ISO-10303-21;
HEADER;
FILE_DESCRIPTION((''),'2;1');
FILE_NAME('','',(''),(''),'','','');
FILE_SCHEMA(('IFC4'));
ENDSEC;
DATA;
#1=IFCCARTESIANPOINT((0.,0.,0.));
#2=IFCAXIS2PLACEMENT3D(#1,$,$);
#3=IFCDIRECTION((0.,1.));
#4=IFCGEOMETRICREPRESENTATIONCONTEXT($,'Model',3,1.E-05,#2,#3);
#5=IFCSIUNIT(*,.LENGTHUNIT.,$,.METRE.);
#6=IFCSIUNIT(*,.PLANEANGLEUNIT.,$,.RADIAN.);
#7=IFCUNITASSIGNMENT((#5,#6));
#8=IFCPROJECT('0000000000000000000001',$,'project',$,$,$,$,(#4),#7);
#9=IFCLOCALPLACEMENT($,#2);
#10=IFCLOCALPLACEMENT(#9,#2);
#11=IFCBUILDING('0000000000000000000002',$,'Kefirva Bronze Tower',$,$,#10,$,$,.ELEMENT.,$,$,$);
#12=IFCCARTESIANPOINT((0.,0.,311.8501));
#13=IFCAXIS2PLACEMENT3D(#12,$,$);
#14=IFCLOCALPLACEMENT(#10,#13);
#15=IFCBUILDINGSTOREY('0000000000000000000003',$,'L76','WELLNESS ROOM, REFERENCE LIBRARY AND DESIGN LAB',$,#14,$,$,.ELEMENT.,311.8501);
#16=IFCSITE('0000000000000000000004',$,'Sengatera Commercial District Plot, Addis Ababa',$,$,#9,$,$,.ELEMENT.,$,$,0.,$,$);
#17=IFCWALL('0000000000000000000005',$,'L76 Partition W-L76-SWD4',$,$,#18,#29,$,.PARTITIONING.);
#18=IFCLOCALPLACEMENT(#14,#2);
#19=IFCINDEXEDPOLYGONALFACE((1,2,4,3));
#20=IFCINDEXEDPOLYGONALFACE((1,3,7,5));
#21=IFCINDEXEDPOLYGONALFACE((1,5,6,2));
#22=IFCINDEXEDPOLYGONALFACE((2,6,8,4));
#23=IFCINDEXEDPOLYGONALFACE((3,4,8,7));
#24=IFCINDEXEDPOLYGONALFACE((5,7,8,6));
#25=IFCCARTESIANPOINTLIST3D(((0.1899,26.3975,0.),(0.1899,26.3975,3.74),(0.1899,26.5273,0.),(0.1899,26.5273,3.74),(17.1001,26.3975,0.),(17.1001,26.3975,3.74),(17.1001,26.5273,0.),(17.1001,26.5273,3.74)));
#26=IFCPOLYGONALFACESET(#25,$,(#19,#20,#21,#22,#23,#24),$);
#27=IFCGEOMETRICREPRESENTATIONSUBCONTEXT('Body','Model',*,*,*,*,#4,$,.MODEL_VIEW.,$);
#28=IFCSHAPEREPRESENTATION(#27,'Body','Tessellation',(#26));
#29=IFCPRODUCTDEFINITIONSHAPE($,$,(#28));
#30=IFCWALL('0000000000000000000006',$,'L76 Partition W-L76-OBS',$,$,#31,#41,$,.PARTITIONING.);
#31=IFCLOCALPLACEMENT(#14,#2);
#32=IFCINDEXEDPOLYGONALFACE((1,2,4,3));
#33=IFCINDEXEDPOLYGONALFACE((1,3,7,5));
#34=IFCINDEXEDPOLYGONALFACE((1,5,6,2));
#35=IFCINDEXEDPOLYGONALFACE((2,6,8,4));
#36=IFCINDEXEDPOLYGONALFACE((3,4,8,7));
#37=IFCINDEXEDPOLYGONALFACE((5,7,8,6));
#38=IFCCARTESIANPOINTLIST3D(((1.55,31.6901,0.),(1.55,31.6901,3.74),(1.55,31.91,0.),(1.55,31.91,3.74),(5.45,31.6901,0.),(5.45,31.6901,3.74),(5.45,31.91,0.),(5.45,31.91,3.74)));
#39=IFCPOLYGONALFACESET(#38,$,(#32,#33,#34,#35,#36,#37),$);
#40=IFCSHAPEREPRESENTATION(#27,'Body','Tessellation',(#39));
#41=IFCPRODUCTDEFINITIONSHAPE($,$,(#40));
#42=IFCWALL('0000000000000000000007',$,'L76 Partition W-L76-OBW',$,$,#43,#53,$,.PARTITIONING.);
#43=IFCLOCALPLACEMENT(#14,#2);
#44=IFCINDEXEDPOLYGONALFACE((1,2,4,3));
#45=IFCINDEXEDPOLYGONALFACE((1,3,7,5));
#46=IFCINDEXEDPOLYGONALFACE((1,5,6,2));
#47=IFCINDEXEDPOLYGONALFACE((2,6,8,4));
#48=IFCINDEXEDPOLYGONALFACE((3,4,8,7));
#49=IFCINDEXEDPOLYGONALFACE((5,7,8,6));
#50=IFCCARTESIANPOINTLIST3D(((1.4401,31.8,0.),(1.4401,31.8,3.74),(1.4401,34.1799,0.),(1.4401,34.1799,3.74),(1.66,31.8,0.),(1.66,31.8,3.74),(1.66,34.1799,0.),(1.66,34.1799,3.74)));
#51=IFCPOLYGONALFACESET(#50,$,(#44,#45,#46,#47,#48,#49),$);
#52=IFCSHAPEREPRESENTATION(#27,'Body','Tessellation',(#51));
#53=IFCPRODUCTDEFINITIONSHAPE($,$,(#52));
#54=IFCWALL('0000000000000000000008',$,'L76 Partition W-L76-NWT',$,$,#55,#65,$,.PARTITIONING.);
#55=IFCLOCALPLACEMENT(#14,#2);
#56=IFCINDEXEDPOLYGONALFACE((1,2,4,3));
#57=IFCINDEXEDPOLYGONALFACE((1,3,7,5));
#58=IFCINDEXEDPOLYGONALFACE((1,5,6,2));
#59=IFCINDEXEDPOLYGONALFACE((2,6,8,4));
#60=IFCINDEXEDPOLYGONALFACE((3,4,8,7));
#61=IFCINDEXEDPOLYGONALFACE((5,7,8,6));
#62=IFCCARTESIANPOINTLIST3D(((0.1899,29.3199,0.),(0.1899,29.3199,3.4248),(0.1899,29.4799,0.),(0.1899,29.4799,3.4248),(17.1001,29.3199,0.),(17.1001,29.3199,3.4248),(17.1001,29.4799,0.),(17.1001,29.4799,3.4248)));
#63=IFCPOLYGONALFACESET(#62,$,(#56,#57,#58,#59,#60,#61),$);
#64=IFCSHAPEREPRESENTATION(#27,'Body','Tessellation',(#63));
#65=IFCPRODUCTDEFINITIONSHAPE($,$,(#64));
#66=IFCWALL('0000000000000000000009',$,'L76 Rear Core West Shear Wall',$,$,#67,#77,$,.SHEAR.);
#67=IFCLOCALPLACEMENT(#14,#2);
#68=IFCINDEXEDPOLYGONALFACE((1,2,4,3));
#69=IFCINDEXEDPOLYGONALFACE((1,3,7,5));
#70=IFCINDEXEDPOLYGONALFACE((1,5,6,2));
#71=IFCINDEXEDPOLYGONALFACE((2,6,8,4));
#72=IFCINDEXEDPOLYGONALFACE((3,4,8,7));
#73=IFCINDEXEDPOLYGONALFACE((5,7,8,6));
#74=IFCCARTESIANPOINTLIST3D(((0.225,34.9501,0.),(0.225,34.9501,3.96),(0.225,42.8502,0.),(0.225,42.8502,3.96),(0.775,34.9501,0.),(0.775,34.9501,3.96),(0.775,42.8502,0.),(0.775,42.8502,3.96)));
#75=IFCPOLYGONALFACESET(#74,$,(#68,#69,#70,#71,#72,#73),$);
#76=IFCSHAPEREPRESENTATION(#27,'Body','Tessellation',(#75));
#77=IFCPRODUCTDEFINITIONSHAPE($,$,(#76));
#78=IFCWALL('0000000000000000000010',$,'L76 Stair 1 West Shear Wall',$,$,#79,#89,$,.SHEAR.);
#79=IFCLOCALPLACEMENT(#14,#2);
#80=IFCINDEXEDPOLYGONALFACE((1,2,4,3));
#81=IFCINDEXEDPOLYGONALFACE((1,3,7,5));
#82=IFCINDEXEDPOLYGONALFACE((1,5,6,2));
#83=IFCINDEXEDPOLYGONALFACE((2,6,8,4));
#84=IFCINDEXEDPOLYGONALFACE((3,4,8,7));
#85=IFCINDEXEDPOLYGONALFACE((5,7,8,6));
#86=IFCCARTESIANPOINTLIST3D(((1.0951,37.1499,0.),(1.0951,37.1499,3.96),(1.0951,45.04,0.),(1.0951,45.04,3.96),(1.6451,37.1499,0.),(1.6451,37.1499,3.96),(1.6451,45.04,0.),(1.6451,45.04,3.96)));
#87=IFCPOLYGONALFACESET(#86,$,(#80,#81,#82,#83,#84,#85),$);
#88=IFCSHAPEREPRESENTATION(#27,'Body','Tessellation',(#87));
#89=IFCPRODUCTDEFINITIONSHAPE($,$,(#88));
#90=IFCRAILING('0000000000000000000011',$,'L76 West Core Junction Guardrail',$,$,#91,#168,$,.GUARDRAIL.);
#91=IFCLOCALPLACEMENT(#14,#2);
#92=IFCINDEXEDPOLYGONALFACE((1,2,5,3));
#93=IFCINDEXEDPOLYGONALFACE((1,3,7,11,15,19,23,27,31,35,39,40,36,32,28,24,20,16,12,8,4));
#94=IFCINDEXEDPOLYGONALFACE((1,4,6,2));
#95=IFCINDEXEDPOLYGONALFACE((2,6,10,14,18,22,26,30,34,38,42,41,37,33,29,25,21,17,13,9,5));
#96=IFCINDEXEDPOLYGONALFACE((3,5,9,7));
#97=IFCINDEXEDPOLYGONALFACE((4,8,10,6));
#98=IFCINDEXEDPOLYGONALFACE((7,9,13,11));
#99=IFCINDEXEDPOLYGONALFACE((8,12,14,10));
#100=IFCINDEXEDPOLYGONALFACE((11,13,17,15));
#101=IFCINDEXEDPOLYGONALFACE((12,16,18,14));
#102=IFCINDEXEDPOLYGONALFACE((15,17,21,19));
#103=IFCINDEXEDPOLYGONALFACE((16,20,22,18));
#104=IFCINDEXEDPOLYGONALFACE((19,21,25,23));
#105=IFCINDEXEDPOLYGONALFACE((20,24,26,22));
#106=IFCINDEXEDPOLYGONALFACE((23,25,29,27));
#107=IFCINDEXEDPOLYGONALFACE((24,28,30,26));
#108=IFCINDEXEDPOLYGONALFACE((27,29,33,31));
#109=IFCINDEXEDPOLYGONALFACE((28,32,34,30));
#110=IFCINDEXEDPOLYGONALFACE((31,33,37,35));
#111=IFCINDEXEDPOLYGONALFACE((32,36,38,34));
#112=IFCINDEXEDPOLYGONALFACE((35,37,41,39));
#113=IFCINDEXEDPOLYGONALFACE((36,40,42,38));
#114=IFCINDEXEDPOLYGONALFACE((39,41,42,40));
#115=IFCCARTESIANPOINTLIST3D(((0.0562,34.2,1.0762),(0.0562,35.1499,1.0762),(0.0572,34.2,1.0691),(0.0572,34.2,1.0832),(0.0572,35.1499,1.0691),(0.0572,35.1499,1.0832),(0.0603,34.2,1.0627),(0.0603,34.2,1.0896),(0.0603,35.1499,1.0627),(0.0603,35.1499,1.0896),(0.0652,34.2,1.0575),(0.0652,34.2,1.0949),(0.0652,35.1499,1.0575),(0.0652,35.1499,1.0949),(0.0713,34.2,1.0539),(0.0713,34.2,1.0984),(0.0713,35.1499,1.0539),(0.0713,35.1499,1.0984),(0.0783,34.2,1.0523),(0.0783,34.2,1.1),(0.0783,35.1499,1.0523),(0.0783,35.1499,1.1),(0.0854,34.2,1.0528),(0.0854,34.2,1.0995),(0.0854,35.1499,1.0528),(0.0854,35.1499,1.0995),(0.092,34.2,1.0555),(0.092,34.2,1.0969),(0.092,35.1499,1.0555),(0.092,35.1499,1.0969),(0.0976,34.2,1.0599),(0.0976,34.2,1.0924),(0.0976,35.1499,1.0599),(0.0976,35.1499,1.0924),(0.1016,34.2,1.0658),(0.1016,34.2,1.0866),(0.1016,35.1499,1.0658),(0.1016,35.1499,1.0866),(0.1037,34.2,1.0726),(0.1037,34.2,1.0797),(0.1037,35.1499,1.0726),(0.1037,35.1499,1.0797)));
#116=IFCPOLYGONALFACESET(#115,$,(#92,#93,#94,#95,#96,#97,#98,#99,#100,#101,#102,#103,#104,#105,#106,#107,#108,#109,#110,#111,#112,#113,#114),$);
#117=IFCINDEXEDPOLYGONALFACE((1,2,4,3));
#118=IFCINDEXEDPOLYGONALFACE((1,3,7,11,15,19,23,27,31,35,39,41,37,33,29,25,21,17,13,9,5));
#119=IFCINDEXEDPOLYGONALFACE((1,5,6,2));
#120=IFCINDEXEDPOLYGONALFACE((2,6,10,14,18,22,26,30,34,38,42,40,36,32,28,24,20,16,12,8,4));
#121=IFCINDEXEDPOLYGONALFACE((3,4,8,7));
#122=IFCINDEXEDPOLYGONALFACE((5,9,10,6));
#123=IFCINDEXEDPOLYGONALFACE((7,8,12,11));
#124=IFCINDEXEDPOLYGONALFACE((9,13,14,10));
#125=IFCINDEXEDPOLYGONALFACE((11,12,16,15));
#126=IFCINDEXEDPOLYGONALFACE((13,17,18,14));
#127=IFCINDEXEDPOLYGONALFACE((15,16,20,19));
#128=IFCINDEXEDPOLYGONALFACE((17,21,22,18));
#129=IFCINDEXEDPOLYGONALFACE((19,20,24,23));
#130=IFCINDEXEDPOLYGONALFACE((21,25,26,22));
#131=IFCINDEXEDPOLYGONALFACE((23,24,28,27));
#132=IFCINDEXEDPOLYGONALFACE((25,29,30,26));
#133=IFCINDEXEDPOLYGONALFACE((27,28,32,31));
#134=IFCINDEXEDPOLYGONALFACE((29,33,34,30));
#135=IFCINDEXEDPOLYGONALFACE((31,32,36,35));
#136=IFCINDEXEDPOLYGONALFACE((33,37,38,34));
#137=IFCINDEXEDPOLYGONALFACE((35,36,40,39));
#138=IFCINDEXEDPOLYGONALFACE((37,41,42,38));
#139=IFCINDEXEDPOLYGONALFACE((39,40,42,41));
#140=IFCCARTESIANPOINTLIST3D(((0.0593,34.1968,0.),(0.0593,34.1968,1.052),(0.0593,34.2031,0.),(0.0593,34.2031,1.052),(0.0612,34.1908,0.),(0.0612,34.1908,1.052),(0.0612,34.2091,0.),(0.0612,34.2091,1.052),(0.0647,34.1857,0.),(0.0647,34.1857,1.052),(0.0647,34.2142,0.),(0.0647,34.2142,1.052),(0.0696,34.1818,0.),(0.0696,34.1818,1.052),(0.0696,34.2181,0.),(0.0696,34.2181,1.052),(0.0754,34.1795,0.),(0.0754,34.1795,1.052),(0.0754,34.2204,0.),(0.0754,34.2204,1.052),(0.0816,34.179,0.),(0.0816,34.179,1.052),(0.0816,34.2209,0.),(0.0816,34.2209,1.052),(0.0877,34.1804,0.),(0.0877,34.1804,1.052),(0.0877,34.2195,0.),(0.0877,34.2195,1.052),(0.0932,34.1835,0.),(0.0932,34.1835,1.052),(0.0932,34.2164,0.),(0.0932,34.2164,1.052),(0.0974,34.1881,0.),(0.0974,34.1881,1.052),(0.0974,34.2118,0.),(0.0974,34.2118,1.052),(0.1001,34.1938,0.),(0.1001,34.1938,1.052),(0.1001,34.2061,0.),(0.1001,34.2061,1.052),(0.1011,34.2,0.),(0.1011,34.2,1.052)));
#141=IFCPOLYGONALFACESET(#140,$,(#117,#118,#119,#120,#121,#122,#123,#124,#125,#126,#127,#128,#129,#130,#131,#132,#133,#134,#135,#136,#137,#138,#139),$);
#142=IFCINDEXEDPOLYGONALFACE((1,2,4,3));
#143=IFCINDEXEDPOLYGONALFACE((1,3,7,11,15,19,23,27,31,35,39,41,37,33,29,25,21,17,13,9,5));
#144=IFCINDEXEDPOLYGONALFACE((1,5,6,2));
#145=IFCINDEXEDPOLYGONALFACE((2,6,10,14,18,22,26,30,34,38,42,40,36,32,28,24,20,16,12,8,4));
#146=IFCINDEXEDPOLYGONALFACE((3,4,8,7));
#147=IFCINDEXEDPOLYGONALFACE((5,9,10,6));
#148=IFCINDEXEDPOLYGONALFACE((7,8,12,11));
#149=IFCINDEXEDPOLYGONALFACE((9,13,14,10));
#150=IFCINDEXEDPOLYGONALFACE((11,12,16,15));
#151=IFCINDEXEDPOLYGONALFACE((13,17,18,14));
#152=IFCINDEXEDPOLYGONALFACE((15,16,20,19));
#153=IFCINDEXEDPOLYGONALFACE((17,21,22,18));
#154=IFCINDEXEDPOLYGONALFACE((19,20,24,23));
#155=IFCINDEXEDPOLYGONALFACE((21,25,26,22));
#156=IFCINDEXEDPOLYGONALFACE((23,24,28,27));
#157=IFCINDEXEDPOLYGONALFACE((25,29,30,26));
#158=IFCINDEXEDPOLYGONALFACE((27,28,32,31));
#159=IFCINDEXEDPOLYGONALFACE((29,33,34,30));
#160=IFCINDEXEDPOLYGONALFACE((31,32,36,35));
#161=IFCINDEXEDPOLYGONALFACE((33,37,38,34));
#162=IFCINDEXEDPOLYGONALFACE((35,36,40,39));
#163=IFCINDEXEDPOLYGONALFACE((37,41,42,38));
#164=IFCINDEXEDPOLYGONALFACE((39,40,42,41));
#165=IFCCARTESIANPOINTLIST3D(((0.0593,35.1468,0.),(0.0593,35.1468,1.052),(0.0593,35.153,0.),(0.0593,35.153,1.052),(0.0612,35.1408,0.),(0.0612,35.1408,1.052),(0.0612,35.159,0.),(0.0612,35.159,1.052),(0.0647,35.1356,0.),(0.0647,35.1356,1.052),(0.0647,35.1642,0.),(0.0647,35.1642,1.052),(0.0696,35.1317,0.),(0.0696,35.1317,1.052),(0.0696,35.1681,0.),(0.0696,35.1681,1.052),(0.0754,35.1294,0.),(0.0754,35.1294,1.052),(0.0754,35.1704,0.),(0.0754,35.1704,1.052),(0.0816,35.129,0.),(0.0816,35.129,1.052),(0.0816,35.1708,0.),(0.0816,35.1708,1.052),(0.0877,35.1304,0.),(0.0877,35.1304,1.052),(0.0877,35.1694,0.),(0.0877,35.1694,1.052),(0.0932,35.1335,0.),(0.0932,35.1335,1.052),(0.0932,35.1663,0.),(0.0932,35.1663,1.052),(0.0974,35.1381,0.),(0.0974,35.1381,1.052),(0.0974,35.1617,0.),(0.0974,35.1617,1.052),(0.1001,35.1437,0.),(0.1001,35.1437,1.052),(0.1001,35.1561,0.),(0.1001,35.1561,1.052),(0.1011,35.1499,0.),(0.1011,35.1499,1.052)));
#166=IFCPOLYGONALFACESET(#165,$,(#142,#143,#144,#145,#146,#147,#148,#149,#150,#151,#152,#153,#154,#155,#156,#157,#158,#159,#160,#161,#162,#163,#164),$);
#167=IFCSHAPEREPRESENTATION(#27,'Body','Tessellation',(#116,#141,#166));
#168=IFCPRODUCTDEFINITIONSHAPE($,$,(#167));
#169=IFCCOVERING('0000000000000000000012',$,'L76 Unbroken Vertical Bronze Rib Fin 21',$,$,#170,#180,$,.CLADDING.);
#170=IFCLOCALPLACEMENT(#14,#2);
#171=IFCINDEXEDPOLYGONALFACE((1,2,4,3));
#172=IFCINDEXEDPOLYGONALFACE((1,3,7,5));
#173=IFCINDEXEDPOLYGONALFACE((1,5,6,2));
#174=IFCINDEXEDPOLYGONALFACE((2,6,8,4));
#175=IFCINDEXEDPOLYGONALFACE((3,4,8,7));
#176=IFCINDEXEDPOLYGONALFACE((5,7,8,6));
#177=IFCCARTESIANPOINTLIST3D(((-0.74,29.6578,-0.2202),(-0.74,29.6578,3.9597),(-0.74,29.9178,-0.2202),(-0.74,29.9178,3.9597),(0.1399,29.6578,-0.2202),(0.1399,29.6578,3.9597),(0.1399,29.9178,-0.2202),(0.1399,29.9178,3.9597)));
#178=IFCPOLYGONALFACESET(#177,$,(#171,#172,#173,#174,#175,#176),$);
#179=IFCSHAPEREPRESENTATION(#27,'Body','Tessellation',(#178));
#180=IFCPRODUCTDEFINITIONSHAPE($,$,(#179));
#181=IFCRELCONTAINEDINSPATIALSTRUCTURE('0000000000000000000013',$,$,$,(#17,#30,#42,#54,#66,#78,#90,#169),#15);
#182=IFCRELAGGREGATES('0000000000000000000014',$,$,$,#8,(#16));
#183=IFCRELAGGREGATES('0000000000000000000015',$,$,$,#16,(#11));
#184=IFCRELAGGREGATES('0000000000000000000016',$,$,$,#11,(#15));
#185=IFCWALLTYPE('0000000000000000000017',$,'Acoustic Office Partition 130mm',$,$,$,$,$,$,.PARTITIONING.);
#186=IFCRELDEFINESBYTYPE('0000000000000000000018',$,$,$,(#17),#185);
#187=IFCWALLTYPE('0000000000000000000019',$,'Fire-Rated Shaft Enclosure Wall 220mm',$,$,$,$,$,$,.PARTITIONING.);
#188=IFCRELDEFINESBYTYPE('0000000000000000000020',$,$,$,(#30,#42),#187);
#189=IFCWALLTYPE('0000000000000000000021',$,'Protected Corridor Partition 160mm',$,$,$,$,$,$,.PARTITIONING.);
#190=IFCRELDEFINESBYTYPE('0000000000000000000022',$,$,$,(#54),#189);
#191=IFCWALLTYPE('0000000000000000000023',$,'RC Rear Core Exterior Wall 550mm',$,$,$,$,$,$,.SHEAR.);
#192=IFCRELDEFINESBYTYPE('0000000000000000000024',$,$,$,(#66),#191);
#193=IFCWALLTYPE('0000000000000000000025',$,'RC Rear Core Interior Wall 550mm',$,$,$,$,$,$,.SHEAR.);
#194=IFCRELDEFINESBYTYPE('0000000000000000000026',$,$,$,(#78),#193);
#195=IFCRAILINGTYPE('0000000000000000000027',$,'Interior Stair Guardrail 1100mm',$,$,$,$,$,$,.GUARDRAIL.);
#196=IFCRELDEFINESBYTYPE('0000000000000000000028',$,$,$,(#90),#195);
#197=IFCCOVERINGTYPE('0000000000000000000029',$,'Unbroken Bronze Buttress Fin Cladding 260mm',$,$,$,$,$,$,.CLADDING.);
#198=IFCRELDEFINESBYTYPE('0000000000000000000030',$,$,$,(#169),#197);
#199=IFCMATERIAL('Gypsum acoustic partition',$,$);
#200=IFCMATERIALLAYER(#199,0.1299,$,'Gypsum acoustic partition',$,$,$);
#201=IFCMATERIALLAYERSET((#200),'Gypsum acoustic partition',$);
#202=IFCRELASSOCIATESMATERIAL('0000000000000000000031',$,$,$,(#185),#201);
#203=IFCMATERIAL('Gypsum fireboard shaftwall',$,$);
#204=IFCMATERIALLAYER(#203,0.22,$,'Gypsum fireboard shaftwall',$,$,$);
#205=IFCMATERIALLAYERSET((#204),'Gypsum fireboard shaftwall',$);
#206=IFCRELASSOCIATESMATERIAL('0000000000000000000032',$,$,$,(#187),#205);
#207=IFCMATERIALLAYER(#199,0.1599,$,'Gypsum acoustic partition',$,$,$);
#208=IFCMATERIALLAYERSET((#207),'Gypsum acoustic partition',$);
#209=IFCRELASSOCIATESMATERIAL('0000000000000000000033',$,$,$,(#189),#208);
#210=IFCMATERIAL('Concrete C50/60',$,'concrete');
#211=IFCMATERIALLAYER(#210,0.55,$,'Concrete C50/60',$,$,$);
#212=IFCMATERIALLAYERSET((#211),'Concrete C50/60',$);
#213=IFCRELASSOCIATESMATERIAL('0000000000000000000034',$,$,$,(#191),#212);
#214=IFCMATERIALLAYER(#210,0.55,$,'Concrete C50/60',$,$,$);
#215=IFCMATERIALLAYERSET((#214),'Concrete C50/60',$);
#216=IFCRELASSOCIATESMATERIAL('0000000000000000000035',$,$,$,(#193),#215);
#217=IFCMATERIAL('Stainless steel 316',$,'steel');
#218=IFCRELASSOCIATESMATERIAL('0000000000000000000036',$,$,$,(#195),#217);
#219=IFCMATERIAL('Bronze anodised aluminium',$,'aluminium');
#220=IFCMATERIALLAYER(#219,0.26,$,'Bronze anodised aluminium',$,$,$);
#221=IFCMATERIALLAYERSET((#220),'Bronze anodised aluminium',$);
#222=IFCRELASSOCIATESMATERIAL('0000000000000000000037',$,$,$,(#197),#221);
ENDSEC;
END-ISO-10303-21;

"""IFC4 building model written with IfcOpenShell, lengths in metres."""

from ifc_helpers import new_model, si_unit, direction, frame, frame_2d, origin, origin_2d, place, context, subcontext, project, spatial, rectangle, circle, extrude, material, layer, layer_set, type_object, element, save


model = new_model("IFC4")

# Units and contexts
model_context = context("Model", 3, precision=1e-05, world=origin(), true_north=direction((0.0, 1.0)))
body_context = subcontext(model_context, "Body", "Model", "MODEL_VIEW")
ifc_project = project(units=[si_unit("LENGTHUNIT", "METRE"), si_unit("PLANEANGLEUNIT", "RADIAN")], contexts=[model_context])

# Site, building, storey
site_placement = place(None, origin())
site = spatial("IfcSite", under=ifc_project, at=site_placement, Name="Sengatera Commercial District Plot, Addis Ababa", CompositionType="ELEMENT", RefElevation=0.0)
building_placement = place(site_placement, origin())
building = spatial("IfcBuilding", under=site, at=building_placement, Name="Kefirva Bronze Tower", CompositionType="ELEMENT")
storey_placement = place(building_placement, frame((0.0, 0.0, 311.8501)))
storey = spatial("IfcBuildingStorey", under=building, at=storey_placement, Name="L76", Description="WELLNESS ROOM, REFERENCE LIBRARY AND DESIGN LAB", CompositionType="ELEMENT", Elevation=311.8501)

# Shared definitions
ifc_material_1 = material(Name="Concrete C50/60", Category="concrete")

# Shared definitions
ifc_material_2 = material(Name="Bronze anodised aluminium", Category="aluminium")

# Walls
ifc_material_3 = material(Name="Gypsum acoustic partition")
ifc_layer_1 = layer(ifc_material_3, 0.1299, Name="Gypsum acoustic partition")
ifc_layer_set_1 = layer_set([ifc_layer_1], Name="Gypsum acoustic partition")
wall_type_1 = type_object("IfcWallType", Name="Acoustic Office Partition 130mm", PredefinedType="PARTITIONING", material=ifc_layer_set_1)
wall_1_placement = place(storey_placement, frame((0.1899, 26.4624, 0.0), z_axis=(0.0, 0.0, 1.0), x_axis=(1.0, 0.0, 0.0)))
element("IfcWall", 1, at=wall_1_placement, inside=storey, type_object=wall_type_1, Name="L76 Partition W-L76-SWD4", PredefinedType="PARTITIONING", context=body_context, shape_type="SweptSolid", body=[
    extrude(rectangle(XDim=16.9102, YDim=0.1299, at=frame_2d((8.4551, 0.0))), origin(), (0.0, 0.0, 1.0), 3.74),
])
ifc_material_4 = material(Name="Gypsum fireboard shaftwall")
ifc_layer_2 = layer(ifc_material_4, 0.22, Name="Gypsum fireboard shaftwall")
ifc_layer_set_2 = layer_set([ifc_layer_2], Name="Gypsum fireboard shaftwall")
wall_type_2 = type_object("IfcWallType", Name="Fire-Rated Shaft Enclosure Wall 220mm", PredefinedType="PARTITIONING", material=ifc_layer_set_2)
wall_2_placement = place(storey_placement, frame((1.55, 31.8, 0.0), z_axis=(0.0, 0.0, 1.0), x_axis=(1.0, 0.0, 0.0)))
element("IfcWall", 2, at=wall_2_placement, inside=storey, type_object=wall_type_2, Name="L76 Partition W-L76-OBS", PredefinedType="PARTITIONING", context=body_context, shape_type="SweptSolid", body=[
    extrude(rectangle(XDim=3.8999, YDim=0.22, at=frame_2d((1.95, 0.0))), origin(), (0.0, 0.0, 1.0), 3.74),
])
wall_3_placement = place(storey_placement, frame((1.55, 31.8, 0.0), z_axis=(0.0, 0.0, 1.0), x_axis=(0.0, 1.0, 0.0)))
element("IfcWall", 3, at=wall_3_placement, inside=storey, type_object=wall_type_2, Name="L76 Partition W-L76-OBW", PredefinedType="PARTITIONING", context=body_context, shape_type="SweptSolid", body=[
    extrude(rectangle(XDim=2.3799, YDim=0.22, at=frame_2d((1.1899, 0.0))), origin(), (0.0, 0.0, 1.0), 3.74),
])
ifc_layer_3 = layer(ifc_material_3, 0.1599, Name="Gypsum acoustic partition")
ifc_layer_set_3 = layer_set([ifc_layer_3], Name="Gypsum acoustic partition")
wall_type_3 = type_object("IfcWallType", Name="Protected Corridor Partition 160mm", PredefinedType="PARTITIONING", material=ifc_layer_set_3)
wall_4_placement = place(storey_placement, frame((0.1899, 29.3999, 0.0), z_axis=(0.0, 0.0, 1.0), x_axis=(1.0, 0.0, 0.0)))
element("IfcWall", 4, at=wall_4_placement, inside=storey, type_object=wall_type_3, Name="L76 Partition W-L76-NWT", PredefinedType="PARTITIONING", context=body_context, shape_type="SweptSolid", body=[
    extrude(rectangle(XDim=16.9102, YDim=0.1599, at=frame_2d((8.4551, 0.0))), origin(), (0.0, 0.0, 1.0), 3.4248),
])
ifc_layer_4 = layer(ifc_material_1, 0.55, Name="Concrete C50/60")
ifc_layer_set_4 = layer_set([ifc_layer_4], Name="Concrete C50/60")
wall_type_4 = type_object("IfcWallType", Name="RC Rear Core Exterior Wall 550mm", PredefinedType="SHEAR", material=ifc_layer_set_4)
wall_5_placement = place(storey_placement, frame((0.5, 34.95, 0.0), z_axis=(0.0, 0.0, 1.0), x_axis=(0.0, 1.0, 0.0)))
element("IfcWall", 5, at=wall_5_placement, inside=storey, type_object=wall_type_4, Name="L76 Rear Core West Shear Wall", PredefinedType="SHEAR", context=body_context, shape_type="SweptSolid", body=[
    extrude(rectangle(XDim=7.9001, YDim=0.55, at=frame_2d((3.9502, 0.0))), origin(), (0.0, 0.0, 1.0), 3.96),
])

# Shared definitions
ifc_layer_5 = layer(ifc_material_1, 0.55, Name="Concrete C50/60")
ifc_layer_set_5 = layer_set([ifc_layer_5], Name="Concrete C50/60")
wall_type_5 = type_object("IfcWallType", Name="RC Rear Core Interior Wall 550mm", PredefinedType="SHEAR", material=ifc_layer_set_5)

# Wall
wall_6_placement = place(storey_placement, frame((1.3701, 37.1499, 0.0), z_axis=(0.0, 0.0, 1.0), x_axis=(0.0, 1.0, 0.0)))
element("IfcWall", 6, at=wall_6_placement, inside=storey, type_object=wall_type_5, Name="L76 Stair 1 West Shear Wall", PredefinedType="SHEAR", context=body_context, shape_type="SweptSolid", body=[
    extrude(rectangle(XDim=7.8901, YDim=0.55, at=frame_2d((3.9451, 0.0))), origin(), (0.0, 0.0, 1.0), 3.96),
])

# Railing
ifc_material_5 = material(Name="Stainless steel 316", Category="steel")
railing_type = type_object("IfcRailingType", Name="Interior Stair Guardrail 1100mm", PredefinedType="GUARDRAIL", material=ifc_material_5)
railing_placement = place(storey_placement, frame((0.0801, 34.2, 0.0)))
element("IfcRailing", 7, at=railing_placement, inside=storey, type_object=railing_type, Name="L76 West Core Junction Guardrail", PredefinedType="GUARDRAIL", context=body_context, shape_type="SweptSolid", body=[
    extrude(circle(Radius=0.0239, at=origin_2d()), frame((0.0, 0.0, 1.0762), z_axis=(0.0, 1.0, 0.0), x_axis=(-1.0, 0.0, 0.0)), (0.0, 0.0, 1.0), 0.95),
    extrude(circle(Radius=0.021, at=origin_2d()), origin(), (0.0, 0.0, 1.0), 1.052),
    extrude(circle(Radius=0.021, at=origin_2d()), frame((0.0, 0.95, 0.0)), (0.0, 0.0, 1.0), 1.052),
])

# Covering
ifc_layer_6 = layer(ifc_material_2, 0.26, Name="Bronze anodised aluminium")
ifc_layer_set_6 = layer_set([ifc_layer_6], Name="Bronze anodised aluminium")
covering_type = type_object("IfcCoveringType", Name="Unbroken Bronze Buttress Fin Cladding 260mm", PredefinedType="CLADDING", material=ifc_layer_set_6)
covering_placement = place(storey_placement, frame((-0.3, 29.7878, -0.2202), z_axis=(0.0, 0.0, 1.0), x_axis=(0.0, -1.0, 0.0)))
element("IfcCovering", 8, at=covering_placement, inside=storey, type_object=covering_type, Name="L76 Unbroken Vertical Bronze Rib Fin 21", PredefinedType="CLADDING", context=body_context, shape_type="SweptSolid", body=[
    extrude(rectangle(XDim=0.26, YDim=0.8799, at=origin_2d()), origin(), (0.0, 0.0, 1.0), 4.1799),
])

save(model, "model.ifc")
